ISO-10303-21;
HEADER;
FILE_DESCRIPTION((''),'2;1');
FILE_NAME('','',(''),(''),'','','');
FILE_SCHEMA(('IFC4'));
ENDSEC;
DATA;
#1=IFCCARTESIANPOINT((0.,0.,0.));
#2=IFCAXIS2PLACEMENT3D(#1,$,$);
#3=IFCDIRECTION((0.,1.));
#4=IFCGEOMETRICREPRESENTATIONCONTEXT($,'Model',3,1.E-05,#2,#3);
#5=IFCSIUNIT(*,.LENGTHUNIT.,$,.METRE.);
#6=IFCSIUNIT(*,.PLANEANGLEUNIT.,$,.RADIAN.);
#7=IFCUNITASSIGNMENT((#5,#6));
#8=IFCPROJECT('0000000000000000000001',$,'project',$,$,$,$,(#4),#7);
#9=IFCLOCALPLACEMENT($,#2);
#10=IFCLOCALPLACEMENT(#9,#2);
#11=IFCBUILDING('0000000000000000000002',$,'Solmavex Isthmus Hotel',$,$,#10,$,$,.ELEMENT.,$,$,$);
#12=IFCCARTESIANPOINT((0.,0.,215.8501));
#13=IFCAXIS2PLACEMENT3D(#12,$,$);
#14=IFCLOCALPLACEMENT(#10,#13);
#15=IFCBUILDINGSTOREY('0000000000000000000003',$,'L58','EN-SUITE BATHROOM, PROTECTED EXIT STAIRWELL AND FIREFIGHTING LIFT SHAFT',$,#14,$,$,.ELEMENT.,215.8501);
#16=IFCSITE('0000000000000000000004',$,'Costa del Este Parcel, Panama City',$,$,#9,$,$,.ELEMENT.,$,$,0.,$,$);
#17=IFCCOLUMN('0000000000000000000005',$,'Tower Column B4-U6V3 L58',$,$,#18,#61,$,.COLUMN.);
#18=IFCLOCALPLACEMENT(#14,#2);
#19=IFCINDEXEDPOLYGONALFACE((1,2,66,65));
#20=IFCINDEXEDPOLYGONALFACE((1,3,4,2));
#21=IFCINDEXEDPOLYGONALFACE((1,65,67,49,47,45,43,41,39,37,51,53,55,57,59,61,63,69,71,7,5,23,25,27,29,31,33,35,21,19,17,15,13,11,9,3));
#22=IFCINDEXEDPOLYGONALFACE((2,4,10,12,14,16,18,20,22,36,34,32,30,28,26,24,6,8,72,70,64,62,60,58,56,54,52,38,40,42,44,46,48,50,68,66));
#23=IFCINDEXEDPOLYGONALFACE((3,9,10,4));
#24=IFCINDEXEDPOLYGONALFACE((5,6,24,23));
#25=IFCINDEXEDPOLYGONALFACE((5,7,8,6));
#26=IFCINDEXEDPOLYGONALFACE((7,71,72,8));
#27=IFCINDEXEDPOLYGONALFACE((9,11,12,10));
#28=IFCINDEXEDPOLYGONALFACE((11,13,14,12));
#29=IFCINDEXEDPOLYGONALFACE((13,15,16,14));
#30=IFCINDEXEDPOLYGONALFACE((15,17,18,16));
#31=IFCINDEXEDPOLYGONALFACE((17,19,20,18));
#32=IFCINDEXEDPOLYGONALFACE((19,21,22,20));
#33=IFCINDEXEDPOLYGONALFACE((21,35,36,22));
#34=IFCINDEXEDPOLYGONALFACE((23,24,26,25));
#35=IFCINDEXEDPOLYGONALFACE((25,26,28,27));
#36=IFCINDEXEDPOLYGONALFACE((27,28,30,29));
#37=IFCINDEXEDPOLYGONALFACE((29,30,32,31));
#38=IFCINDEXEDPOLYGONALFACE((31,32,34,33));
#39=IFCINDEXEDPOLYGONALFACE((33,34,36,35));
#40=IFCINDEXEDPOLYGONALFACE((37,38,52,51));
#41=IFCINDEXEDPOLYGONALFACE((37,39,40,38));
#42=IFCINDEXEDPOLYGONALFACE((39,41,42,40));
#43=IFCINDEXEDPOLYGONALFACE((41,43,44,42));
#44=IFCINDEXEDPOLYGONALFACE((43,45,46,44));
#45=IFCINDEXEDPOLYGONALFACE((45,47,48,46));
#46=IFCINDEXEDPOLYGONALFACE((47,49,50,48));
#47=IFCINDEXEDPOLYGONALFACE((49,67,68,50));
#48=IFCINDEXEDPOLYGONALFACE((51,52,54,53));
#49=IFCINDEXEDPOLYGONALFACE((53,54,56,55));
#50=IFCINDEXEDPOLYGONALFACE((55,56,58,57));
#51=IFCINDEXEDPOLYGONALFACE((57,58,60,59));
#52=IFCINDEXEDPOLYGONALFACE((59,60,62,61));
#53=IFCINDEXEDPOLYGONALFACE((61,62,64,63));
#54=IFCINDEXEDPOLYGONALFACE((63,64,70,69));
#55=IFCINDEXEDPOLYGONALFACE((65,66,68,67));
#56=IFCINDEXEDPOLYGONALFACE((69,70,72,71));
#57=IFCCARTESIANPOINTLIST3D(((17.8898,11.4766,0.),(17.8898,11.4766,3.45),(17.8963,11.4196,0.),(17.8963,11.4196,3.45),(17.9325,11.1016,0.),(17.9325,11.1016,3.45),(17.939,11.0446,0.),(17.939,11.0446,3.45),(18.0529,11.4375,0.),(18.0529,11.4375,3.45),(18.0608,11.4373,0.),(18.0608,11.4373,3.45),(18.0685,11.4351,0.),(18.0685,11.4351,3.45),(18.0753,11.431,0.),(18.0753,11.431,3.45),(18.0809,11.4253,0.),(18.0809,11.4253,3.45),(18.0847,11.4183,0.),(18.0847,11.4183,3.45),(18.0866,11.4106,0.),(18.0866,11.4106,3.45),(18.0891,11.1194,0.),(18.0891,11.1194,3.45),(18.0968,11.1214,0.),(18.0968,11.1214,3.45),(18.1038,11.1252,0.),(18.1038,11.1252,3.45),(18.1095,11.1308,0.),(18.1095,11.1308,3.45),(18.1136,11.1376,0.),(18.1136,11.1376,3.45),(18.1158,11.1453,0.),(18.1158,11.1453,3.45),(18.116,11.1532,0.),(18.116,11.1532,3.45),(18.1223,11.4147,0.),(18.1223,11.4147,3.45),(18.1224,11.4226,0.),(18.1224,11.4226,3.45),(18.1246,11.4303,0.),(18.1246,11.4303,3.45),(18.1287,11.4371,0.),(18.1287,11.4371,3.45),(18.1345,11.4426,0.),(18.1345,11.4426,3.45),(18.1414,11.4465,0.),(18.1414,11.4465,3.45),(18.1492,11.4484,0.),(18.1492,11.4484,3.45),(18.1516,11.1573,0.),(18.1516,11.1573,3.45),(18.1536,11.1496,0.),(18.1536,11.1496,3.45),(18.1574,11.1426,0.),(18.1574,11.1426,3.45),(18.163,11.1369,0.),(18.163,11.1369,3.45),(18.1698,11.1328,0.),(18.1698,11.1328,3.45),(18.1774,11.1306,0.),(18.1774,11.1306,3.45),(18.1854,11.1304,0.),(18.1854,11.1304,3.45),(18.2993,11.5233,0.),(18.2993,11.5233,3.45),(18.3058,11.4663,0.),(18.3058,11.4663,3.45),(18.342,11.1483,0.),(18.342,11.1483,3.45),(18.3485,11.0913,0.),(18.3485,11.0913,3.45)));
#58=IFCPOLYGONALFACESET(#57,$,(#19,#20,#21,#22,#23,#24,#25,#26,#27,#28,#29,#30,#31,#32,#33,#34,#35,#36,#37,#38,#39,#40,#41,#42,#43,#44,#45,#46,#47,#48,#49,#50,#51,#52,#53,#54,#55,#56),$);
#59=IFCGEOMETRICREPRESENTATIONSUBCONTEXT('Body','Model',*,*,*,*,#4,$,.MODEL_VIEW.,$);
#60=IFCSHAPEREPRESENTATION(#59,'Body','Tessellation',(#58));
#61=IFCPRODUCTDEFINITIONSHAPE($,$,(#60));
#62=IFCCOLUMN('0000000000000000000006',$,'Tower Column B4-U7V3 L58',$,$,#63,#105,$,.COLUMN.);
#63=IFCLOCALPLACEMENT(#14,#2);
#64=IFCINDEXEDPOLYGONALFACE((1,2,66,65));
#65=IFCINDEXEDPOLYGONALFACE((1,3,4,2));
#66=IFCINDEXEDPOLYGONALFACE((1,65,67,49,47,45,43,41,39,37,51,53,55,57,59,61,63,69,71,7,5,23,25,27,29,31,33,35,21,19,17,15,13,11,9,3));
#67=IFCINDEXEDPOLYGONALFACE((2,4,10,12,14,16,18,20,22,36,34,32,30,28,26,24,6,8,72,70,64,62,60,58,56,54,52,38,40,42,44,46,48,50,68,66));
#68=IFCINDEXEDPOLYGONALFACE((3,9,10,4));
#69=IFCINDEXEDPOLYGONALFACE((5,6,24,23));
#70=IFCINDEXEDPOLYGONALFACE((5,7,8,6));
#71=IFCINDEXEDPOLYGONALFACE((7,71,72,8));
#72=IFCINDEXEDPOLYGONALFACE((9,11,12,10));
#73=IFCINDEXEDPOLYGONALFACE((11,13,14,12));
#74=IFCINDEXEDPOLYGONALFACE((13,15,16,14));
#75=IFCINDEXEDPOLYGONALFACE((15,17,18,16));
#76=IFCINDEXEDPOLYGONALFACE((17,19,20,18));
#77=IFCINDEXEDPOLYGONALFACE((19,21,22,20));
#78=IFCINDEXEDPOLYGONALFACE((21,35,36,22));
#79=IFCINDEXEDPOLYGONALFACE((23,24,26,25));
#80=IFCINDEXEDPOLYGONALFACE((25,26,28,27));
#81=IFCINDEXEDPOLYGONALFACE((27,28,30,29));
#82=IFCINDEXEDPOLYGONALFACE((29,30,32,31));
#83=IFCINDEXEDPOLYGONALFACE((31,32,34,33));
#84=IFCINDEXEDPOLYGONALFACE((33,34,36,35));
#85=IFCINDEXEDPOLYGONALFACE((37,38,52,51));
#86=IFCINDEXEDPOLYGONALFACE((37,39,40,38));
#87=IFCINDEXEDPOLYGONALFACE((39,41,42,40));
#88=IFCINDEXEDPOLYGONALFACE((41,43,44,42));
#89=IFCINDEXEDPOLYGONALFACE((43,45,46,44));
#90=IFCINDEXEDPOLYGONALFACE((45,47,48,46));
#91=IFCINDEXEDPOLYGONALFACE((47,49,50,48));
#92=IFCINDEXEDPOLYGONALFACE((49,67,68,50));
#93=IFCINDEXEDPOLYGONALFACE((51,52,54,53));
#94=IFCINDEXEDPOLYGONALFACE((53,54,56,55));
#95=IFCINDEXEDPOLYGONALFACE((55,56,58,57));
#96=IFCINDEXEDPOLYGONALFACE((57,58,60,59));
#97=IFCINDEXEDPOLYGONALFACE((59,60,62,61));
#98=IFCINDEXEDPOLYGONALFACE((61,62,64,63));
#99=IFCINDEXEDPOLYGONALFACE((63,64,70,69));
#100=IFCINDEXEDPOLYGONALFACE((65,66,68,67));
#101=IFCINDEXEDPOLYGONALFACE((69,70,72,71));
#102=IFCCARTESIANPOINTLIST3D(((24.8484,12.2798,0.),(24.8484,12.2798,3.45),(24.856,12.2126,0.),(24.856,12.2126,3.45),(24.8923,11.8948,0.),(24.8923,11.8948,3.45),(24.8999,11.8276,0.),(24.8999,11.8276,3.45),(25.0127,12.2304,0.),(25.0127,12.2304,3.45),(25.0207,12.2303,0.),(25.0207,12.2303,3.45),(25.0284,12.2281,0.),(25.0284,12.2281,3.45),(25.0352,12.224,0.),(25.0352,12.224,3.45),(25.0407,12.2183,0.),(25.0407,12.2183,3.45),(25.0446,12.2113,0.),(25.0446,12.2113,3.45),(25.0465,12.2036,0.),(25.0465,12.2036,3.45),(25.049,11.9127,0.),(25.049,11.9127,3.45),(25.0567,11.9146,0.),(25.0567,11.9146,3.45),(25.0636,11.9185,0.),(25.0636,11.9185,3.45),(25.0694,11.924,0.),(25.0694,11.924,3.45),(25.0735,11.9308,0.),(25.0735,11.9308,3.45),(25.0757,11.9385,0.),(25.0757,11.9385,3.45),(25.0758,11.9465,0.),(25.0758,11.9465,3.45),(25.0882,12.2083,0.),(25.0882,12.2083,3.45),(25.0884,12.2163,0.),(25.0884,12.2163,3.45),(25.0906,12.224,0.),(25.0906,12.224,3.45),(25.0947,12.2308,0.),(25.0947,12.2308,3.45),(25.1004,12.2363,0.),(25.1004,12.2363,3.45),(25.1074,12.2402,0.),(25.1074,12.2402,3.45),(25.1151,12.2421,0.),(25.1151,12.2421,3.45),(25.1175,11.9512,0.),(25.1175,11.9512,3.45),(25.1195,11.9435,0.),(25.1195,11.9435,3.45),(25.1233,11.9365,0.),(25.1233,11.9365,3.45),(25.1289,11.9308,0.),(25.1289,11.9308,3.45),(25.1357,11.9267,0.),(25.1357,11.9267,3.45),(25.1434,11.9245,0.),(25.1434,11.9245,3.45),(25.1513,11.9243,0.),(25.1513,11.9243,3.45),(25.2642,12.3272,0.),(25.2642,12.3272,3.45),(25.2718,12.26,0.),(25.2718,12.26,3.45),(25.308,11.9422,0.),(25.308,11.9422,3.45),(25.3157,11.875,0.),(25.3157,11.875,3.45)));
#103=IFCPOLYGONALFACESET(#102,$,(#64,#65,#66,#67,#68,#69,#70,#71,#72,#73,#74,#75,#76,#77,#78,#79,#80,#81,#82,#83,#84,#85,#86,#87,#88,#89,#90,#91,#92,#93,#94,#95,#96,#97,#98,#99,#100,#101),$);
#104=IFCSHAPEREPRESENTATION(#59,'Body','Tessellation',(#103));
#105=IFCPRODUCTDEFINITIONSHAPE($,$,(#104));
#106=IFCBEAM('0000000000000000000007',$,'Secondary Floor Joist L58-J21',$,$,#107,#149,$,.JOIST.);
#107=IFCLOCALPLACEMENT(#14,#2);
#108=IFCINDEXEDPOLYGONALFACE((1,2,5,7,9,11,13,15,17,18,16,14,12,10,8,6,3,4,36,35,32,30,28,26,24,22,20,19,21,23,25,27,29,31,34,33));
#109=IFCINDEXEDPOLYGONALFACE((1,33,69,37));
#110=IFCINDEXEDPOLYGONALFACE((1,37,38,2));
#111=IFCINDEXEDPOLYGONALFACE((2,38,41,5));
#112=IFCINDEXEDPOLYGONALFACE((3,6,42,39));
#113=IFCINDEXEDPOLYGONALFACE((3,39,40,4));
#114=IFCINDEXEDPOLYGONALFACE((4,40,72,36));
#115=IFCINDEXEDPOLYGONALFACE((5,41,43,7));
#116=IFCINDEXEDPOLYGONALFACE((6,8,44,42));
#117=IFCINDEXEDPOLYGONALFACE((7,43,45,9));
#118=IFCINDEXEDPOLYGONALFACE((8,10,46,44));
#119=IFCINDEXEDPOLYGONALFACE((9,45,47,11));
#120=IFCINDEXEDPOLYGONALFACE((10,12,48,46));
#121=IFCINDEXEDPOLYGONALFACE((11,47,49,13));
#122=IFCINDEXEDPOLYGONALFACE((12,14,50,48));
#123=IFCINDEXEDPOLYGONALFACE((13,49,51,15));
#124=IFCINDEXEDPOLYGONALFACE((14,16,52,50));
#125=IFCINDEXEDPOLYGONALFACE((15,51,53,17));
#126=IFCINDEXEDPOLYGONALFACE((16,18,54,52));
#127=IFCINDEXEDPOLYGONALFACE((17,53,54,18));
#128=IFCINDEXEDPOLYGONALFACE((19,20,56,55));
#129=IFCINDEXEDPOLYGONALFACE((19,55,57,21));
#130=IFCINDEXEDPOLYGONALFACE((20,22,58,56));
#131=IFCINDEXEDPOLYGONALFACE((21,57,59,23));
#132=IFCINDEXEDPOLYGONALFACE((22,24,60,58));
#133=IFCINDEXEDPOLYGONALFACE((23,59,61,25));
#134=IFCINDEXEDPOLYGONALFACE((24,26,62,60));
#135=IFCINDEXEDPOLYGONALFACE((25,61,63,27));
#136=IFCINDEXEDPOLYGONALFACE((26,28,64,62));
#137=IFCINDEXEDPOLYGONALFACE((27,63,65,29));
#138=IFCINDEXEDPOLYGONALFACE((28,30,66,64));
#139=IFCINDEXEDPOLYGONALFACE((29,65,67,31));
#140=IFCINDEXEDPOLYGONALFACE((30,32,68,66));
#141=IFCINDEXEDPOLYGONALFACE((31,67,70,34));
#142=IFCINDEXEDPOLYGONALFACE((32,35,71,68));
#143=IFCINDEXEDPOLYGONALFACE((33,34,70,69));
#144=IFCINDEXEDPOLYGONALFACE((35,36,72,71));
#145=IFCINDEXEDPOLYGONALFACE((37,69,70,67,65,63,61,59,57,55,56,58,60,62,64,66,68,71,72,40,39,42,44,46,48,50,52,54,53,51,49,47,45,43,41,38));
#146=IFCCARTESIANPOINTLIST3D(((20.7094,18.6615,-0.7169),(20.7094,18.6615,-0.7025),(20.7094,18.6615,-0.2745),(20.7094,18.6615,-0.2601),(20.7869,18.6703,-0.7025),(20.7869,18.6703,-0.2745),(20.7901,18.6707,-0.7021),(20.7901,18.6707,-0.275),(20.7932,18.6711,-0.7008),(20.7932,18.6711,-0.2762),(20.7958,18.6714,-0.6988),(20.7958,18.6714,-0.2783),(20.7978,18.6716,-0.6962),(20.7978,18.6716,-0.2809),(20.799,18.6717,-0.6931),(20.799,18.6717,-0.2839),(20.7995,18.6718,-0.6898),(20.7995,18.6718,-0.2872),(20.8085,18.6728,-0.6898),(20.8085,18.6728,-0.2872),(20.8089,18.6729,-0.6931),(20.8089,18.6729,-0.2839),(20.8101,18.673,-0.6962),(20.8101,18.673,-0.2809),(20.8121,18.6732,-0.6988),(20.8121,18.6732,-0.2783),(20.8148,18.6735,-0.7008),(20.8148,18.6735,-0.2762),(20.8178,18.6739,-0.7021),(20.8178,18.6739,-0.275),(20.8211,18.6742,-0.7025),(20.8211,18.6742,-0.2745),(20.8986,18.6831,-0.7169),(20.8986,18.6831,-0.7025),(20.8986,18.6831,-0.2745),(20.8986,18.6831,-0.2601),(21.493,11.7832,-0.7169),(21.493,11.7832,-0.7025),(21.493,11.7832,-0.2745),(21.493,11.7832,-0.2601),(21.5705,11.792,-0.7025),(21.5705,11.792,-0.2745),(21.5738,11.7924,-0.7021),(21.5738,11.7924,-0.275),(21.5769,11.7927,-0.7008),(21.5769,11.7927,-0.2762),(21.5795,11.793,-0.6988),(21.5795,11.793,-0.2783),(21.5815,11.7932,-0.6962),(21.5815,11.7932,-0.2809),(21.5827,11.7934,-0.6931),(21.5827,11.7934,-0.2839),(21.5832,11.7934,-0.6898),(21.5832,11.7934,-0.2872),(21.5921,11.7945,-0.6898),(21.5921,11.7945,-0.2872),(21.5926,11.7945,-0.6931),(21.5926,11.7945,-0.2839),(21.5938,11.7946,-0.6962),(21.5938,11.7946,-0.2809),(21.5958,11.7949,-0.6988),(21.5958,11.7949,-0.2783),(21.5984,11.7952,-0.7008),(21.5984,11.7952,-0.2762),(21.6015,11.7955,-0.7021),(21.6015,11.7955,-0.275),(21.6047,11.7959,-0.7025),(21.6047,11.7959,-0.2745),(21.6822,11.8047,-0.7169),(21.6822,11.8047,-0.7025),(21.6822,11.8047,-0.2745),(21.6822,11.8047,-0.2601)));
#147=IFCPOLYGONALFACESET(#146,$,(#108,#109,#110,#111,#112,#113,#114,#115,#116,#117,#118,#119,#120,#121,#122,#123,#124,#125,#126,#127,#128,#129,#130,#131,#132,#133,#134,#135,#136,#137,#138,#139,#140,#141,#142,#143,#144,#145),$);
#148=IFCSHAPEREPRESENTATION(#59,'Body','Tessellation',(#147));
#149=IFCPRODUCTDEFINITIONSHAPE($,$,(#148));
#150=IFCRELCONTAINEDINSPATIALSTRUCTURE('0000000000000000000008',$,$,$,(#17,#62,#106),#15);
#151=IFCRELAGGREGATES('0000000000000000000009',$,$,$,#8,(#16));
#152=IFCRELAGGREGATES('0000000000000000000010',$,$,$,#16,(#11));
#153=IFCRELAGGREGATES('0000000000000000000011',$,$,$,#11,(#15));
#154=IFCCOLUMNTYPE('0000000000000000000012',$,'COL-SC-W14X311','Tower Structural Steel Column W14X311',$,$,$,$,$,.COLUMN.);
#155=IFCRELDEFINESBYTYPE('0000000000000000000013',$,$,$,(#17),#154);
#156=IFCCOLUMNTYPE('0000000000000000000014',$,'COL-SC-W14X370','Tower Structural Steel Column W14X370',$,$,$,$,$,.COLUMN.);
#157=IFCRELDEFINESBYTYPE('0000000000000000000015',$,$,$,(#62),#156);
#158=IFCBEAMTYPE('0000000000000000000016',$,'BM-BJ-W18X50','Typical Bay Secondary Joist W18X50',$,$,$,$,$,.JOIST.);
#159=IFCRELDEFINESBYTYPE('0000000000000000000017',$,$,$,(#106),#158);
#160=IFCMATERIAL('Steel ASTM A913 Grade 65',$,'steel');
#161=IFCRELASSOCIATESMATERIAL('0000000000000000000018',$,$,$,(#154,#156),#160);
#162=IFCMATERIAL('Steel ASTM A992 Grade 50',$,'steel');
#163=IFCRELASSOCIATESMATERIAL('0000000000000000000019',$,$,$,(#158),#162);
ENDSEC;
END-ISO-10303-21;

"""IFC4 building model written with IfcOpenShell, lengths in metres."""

from ifc_helpers import new_model, si_unit, direction, frame, origin, origin_2d, place, context, subcontext, project, spatial, i_section, extrude, material, material_profile, profile_set, type_object, element, save


model = new_model("IFC4")

# Units and contexts
model_context = context("Model", 3, precision=1e-05, world=origin(), true_north=direction((0.0, 1.0)))
body_context = subcontext(model_context, "Body", "Model", "MODEL_VIEW")
ifc_project = project(units=[si_unit("LENGTHUNIT", "METRE"), si_unit("PLANEANGLEUNIT", "RADIAN")], contexts=[model_context])

# Site, building, storey
site_placement = place(None, origin())
site = spatial("IfcSite", under=ifc_project, at=site_placement, Name="Costa del Este Parcel, Panama City", CompositionType="ELEMENT", RefElevation=0.0)
building_placement = place(site_placement, origin())
building = spatial("IfcBuilding", under=site, at=building_placement, Name="Solmavex Isthmus Hotel", CompositionType="ELEMENT")
storey_placement = place(building_placement, frame((0.0, 0.0, 215.8501)))
storey = spatial("IfcBuildingStorey", under=building, at=storey_placement, Name="L58", Description="EN-SUITE BATHROOM, PROTECTED EXIT STAIRWELL AND FIREFIGHTING LIFT SHAFT", CompositionType="ELEMENT", Elevation=215.8501)

# Columns
ifc_material_1 = material(Name="Steel ASTM A913 Grade 65", Category="steel")
ifc_material_profile_1 = material_profile(ifc_material_1, i_section(OverallWidth=0.4121, OverallDepth=0.4348, WebThickness=0.0359, FlangeThickness=0.0574, FilletRadius=0.0305, at=origin_2d()), Name="W14X311")
ifc_profile_set_1 = profile_set([ifc_material_profile_1], Name="Steel ASTM A913 Grade 65")
column_type_1 = type_object("IfcColumnType", Name="COL-SC-W14X311", Description="Tower Structural Steel Column W14X311", PredefinedType="COLUMN", material=ifc_profile_set_1)
column_1_placement = place(storey_placement, frame((18.1191, 11.2839, 0.0), z_axis=(0.0, 0.0, 1.0), x_axis=(0.993572, 0.113203, 0.0)))
element("IfcColumn", 1, at=column_1_placement, inside=storey, type_object=column_type_1, Name="Tower Column B4-U6V3 L58", PredefinedType="COLUMN", context=body_context, shape_type="SweptSolid", body=[
    extrude(i_section(OverallWidth=0.4121, OverallDepth=0.4348, WebThickness=0.0359, FlangeThickness=0.0574, FilletRadius=0.0305, at=origin_2d()), origin(), (0.0, 0.0, 1.0), 3.45),
])
ifc_material_profile_2 = material_profile(ifc_material_1, i_section(OverallWidth=0.4185, OverallDepth=0.4551, WebThickness=0.042, FlangeThickness=0.0676, FilletRadius=0.0305, at=origin_2d()), Name="W14X370")
ifc_profile_set_2 = profile_set([ifc_material_profile_2], Name="Steel ASTM A913 Grade 65")
column_type_2 = type_object("IfcColumnType", Name="COL-SC-W14X370", Description="Tower Structural Steel Column W14X370", PredefinedType="COLUMN", material=ifc_profile_set_2)
column_2_placement = place(storey_placement, frame((25.082, 12.0774, 0.0), z_axis=(0.0, 0.0, 1.0), x_axis=(0.993572, 0.113203, 0.0)))
element("IfcColumn", 2, at=column_2_placement, inside=storey, type_object=column_type_2, Name="Tower Column B4-U7V3 L58", PredefinedType="COLUMN", context=body_context, shape_type="SweptSolid", body=[
    extrude(i_section(OverallWidth=0.4185, OverallDepth=0.4551, WebThickness=0.042, FlangeThickness=0.0676, FilletRadius=0.0305, at=origin_2d()), origin(), (0.0, 0.0, 1.0), 3.45),
])

# Beam
ifc_material_2 = material(Name="Steel ASTM A992 Grade 50", Category="steel")
ifc_material_profile_3 = material_profile(ifc_material_2, i_section(OverallWidth=0.1904, OverallDepth=0.4568, WebThickness=0.009, FlangeThickness=0.0144, FilletRadius=0.0127, at=origin_2d()), Name="W18X50")
ifc_profile_set_3 = profile_set([ifc_material_profile_3], Name="Steel ASTM A992 Grade 50")
beam_type_1 = type_object("IfcBeamType", Name="BM-BJ-W18X50", Description="Typical Bay Secondary Joist W18X50", PredefinedType="JOIST", material=ifc_profile_set_3)
beam_1_placement = place(storey_placement, frame((21.5876, 11.7939, -0.4885), z_axis=(-0.113202, 0.993572, 0.0), x_axis=(-0.993572, -0.113202, 0.0)))
element("IfcBeam", 3, at=beam_1_placement, inside=storey, type_object=beam_type_1, Name="Secondary Floor Joist L58-J21", PredefinedType="JOIST", context=body_context, shape_type="SweptSolid", body=[
    extrude(i_section(OverallWidth=0.1904, OverallDepth=0.4568, WebThickness=0.009, FlangeThickness=0.0144, FilletRadius=0.0127, at=origin_2d()), origin(), (0.0, 0.0, 1.0), 6.9229),
])

save(model, "model.ifc")
